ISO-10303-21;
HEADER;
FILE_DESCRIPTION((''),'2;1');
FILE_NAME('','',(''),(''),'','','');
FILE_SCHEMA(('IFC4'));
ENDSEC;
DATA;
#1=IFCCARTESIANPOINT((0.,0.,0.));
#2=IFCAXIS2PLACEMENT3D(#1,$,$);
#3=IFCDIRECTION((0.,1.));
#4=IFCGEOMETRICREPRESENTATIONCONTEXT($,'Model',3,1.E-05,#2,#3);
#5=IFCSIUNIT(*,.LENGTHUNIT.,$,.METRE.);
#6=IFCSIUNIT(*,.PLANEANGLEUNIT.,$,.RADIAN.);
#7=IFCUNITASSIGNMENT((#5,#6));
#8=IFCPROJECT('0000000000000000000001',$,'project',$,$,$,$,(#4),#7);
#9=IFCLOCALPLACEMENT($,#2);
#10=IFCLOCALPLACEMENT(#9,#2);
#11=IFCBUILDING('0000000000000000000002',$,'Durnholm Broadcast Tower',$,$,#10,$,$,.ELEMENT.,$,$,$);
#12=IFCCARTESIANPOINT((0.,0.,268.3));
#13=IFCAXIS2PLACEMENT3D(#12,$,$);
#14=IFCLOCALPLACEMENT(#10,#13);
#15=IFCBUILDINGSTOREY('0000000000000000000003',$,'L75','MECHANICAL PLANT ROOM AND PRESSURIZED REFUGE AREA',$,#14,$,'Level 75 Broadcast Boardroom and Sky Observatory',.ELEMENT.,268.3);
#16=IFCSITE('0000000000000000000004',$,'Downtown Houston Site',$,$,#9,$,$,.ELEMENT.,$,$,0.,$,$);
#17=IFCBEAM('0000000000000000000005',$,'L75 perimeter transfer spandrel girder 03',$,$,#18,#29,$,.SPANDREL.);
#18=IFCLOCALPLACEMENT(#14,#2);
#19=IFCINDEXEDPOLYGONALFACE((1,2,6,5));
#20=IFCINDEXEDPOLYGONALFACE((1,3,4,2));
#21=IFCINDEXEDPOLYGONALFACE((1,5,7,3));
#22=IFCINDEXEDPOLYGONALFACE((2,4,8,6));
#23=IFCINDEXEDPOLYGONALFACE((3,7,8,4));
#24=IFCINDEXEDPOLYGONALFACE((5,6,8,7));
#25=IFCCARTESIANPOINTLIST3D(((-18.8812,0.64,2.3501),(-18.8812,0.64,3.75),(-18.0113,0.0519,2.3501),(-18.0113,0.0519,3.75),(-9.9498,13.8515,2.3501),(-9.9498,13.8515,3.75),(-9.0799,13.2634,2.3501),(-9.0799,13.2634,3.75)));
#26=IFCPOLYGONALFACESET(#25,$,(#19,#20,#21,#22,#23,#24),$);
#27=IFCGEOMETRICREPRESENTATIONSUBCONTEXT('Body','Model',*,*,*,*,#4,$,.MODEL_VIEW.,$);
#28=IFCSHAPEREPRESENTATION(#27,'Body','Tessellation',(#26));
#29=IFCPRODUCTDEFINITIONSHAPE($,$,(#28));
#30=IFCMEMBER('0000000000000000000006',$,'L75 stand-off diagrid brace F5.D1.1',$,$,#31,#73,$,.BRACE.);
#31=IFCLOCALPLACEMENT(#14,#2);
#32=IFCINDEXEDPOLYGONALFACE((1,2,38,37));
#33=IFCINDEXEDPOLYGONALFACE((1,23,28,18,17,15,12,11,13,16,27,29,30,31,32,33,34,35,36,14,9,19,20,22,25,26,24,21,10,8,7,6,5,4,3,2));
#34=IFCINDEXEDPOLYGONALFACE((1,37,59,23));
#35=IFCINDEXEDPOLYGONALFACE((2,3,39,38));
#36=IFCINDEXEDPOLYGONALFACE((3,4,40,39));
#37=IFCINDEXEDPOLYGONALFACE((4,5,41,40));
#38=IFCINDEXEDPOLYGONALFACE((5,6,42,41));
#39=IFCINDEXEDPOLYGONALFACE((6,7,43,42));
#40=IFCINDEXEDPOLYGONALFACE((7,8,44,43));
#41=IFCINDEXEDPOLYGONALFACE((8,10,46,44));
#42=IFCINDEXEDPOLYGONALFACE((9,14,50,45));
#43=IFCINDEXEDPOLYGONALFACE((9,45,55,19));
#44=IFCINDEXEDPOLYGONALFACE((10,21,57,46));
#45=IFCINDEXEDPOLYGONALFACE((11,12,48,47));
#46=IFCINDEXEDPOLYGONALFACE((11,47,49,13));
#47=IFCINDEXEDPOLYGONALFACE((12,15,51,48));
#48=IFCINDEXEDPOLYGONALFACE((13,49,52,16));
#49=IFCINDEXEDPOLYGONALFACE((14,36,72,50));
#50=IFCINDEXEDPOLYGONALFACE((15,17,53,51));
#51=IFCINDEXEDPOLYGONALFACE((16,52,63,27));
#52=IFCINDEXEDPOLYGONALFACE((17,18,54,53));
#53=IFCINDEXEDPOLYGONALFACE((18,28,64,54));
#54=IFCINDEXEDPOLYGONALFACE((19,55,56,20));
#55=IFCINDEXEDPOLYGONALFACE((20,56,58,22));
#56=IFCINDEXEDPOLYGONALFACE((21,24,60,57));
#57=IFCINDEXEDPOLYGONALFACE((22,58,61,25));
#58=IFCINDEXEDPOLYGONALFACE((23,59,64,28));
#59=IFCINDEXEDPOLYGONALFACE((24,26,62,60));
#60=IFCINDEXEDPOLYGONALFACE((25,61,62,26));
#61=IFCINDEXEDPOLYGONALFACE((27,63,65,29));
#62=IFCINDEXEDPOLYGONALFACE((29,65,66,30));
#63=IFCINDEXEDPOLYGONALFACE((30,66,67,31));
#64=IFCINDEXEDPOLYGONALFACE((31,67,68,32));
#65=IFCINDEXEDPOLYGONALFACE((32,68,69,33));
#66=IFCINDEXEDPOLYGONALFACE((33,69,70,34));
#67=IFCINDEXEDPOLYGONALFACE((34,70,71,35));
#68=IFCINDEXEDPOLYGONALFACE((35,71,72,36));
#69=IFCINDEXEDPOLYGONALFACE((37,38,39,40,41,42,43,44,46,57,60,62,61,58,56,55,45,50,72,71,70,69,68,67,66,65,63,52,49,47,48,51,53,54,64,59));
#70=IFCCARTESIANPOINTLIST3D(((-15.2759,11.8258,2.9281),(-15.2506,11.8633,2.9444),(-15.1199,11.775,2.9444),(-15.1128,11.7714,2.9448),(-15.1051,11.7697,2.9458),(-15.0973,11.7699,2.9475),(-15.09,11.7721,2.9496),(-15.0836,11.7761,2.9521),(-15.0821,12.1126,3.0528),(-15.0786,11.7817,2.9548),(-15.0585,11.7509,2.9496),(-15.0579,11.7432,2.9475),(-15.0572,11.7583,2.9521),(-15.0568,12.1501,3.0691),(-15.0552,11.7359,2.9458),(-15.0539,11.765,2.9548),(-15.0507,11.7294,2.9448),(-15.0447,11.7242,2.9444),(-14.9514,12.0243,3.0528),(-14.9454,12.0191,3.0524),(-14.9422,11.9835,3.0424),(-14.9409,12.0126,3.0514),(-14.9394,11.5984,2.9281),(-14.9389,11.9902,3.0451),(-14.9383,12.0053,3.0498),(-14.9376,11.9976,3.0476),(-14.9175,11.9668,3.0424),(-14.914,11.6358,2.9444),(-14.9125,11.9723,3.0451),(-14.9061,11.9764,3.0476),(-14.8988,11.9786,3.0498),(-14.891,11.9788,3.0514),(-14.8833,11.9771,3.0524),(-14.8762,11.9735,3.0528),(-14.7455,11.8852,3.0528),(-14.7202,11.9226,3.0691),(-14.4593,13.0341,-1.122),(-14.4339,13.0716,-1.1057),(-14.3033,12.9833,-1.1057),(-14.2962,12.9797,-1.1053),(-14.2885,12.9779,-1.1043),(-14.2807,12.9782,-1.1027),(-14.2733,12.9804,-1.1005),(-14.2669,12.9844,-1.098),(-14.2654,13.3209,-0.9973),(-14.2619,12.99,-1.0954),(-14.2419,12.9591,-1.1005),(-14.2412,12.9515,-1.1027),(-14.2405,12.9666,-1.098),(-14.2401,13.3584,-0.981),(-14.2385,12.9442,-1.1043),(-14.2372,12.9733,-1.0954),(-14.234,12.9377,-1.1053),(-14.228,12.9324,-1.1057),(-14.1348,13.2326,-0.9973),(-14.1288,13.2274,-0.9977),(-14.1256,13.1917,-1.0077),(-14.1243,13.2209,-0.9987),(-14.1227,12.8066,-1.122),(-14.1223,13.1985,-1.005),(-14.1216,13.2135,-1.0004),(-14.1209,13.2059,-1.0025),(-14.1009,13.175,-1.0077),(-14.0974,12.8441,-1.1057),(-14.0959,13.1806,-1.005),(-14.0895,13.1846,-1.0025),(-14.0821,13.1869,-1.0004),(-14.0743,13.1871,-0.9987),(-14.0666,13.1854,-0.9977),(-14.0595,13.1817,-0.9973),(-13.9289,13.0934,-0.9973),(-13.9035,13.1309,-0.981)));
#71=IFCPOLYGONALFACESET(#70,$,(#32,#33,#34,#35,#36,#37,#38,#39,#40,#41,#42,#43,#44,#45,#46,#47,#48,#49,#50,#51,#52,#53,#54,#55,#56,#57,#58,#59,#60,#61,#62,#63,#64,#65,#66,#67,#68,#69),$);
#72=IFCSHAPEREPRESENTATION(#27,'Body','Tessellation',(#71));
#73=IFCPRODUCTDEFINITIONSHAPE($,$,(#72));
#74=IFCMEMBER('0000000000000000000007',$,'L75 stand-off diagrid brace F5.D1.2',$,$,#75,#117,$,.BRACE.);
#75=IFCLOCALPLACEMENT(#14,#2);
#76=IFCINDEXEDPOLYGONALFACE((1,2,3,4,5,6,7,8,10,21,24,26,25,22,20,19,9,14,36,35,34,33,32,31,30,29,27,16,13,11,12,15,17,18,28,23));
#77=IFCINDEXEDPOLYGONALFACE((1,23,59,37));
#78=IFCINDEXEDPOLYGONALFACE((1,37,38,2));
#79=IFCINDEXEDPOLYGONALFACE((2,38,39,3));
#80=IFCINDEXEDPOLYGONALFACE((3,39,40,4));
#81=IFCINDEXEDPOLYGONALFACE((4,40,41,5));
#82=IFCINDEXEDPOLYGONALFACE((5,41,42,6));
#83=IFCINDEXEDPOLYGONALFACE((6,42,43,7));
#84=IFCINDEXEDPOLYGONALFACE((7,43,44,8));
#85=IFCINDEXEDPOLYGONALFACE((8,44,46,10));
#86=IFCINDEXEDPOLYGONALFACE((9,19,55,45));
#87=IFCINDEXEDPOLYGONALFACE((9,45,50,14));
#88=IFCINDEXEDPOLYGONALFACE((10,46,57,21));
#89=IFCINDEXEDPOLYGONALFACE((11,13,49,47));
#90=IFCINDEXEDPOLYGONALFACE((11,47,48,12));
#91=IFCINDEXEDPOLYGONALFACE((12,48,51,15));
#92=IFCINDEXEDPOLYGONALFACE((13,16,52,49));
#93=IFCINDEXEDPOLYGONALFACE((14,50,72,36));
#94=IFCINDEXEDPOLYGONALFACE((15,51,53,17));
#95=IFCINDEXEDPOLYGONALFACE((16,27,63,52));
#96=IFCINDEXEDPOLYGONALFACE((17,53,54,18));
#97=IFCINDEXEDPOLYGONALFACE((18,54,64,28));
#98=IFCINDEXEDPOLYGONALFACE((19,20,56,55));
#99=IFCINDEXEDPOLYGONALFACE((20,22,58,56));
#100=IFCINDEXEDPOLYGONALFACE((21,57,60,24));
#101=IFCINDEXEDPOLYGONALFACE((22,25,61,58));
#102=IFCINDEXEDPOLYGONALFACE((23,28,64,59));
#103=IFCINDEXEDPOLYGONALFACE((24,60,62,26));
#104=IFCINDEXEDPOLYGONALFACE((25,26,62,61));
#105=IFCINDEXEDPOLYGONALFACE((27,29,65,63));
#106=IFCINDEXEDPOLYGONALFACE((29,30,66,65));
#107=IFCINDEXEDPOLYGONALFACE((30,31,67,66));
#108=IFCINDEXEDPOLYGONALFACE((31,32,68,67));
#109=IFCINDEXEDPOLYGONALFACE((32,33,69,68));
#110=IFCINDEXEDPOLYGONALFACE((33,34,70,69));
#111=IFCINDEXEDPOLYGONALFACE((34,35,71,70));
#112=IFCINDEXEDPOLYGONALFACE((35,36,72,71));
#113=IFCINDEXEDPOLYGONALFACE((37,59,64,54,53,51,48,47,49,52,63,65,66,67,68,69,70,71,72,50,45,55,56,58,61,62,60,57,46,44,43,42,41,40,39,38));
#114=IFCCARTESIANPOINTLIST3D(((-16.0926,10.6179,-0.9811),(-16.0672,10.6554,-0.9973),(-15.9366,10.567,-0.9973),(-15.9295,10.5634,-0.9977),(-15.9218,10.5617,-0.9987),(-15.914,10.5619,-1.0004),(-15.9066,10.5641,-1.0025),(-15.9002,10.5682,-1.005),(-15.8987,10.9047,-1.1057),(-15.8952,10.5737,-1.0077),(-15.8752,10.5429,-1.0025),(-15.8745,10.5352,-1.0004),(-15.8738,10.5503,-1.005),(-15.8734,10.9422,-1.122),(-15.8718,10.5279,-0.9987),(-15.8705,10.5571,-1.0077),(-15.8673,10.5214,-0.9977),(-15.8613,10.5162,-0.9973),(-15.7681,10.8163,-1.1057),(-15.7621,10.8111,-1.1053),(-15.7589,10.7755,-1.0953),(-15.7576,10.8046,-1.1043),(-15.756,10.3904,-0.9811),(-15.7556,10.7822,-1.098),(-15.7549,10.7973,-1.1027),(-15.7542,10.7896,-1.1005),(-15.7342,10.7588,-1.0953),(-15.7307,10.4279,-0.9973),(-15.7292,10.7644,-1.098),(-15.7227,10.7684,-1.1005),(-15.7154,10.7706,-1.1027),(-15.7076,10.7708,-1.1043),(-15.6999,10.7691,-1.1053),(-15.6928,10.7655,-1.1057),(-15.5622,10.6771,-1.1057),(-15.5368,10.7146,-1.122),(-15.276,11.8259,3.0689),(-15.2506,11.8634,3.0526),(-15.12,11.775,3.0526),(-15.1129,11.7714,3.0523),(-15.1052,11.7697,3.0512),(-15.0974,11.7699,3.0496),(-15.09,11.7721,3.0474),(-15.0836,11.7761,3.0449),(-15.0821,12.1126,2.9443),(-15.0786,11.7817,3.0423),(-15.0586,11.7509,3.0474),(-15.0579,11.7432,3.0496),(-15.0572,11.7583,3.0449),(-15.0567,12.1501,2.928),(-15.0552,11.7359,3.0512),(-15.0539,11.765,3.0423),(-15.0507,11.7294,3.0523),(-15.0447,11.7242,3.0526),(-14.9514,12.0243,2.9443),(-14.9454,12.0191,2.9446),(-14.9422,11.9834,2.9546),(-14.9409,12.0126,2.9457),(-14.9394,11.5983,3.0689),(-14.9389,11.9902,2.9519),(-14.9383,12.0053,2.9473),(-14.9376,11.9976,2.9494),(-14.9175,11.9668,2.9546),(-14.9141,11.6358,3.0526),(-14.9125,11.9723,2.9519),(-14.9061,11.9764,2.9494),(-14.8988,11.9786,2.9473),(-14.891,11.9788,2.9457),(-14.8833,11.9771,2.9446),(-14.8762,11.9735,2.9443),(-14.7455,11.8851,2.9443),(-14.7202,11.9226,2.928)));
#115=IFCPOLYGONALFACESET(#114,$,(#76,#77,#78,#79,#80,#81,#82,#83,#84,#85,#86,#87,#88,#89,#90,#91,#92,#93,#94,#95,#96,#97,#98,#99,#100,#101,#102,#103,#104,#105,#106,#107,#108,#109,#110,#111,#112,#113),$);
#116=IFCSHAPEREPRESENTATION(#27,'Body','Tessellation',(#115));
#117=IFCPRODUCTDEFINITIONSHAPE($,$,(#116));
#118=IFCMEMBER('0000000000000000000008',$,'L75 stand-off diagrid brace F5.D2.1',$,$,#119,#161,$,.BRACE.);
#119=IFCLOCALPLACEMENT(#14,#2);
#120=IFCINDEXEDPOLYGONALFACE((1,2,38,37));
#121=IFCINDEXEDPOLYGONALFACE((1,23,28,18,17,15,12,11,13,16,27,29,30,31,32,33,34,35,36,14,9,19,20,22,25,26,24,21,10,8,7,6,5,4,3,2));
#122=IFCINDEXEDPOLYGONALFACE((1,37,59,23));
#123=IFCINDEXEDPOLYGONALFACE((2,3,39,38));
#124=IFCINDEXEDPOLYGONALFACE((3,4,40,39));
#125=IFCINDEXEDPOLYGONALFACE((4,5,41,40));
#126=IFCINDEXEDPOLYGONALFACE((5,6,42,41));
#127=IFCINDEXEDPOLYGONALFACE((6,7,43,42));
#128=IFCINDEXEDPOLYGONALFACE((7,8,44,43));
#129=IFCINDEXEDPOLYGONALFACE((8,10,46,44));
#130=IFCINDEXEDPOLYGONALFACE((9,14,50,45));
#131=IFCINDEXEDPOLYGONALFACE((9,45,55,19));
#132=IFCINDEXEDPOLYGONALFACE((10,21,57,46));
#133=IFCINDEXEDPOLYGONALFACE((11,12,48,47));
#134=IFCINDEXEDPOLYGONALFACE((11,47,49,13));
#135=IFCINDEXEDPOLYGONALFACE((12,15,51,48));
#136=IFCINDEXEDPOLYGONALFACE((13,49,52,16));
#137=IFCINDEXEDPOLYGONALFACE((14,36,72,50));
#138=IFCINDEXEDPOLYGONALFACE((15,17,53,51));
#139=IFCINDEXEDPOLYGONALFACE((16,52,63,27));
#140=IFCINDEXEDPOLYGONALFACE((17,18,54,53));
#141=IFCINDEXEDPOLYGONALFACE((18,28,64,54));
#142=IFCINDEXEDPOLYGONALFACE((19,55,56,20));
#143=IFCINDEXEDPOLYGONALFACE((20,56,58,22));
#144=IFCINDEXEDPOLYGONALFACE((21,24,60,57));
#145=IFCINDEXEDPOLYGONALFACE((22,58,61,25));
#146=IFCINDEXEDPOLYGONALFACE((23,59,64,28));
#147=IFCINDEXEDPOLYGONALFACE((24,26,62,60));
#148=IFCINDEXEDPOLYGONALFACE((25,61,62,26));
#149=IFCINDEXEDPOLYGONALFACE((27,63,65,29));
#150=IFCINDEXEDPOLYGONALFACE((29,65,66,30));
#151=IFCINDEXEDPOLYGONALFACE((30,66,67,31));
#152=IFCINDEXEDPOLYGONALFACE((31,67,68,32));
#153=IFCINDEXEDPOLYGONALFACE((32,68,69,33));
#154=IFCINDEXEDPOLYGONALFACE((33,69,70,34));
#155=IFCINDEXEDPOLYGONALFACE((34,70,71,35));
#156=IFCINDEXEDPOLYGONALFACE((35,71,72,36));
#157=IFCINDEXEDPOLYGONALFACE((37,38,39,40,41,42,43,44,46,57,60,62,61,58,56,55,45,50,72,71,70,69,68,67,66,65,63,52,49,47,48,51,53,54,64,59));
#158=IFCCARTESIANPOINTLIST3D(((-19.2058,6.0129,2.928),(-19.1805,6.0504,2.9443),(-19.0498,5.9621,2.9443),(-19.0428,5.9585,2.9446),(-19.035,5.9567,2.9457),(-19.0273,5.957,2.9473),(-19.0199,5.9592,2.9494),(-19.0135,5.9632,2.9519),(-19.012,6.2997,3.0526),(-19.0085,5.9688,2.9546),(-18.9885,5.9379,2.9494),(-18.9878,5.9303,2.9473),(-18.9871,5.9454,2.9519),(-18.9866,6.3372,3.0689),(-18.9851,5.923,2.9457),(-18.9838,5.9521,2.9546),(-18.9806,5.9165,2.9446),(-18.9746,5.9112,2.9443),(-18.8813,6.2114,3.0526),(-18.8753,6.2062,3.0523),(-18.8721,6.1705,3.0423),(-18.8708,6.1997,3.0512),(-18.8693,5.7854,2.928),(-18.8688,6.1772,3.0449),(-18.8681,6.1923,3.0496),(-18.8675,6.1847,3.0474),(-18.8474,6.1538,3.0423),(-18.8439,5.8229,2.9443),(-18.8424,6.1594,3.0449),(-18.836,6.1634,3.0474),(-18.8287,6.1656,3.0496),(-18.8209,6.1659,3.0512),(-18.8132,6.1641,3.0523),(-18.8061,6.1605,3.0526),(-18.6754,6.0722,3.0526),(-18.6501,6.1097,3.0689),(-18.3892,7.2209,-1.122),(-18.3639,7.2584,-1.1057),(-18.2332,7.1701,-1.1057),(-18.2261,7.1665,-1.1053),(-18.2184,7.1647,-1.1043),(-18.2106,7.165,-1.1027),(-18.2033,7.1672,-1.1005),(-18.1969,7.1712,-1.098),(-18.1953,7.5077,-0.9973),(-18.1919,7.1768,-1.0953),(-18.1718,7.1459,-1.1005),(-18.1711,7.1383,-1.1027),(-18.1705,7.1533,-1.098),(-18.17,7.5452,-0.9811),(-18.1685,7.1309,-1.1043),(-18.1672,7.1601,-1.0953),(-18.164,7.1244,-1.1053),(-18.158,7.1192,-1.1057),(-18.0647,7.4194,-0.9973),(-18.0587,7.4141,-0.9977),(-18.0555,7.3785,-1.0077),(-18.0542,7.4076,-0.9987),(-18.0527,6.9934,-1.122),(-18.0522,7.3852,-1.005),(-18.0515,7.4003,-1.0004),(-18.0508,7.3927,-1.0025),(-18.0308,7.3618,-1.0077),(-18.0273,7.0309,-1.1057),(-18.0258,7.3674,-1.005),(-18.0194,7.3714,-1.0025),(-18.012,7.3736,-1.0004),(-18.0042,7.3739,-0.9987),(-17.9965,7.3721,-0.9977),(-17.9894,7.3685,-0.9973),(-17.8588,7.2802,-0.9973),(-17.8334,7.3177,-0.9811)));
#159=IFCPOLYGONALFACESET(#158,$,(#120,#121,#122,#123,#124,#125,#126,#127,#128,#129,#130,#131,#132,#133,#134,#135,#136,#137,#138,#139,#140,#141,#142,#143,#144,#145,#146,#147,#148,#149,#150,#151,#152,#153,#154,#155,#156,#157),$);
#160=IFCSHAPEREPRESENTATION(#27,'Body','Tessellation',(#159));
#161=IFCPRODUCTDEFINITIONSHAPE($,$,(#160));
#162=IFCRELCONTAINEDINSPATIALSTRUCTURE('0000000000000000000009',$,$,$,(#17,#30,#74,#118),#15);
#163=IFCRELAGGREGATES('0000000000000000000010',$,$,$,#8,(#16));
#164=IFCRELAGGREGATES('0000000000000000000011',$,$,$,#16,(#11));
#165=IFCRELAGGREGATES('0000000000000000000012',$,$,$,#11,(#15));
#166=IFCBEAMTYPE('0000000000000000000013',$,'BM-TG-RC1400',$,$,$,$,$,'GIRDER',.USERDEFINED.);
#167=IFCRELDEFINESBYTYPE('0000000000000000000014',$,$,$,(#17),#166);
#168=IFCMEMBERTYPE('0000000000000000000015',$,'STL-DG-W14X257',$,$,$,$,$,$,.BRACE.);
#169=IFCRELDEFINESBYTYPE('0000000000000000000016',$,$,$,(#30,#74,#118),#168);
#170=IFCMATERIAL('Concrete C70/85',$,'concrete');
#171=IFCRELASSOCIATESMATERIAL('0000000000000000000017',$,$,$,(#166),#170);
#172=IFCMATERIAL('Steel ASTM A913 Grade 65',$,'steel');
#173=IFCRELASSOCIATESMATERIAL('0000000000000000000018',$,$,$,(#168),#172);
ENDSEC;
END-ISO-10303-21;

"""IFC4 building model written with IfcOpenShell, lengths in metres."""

from ifc_helpers import new_model, si_unit, direction, frame, origin, origin_2d, place, context, subcontext, project, spatial, rectangle, i_section, extrude, source, transform, mapped, material, material_profile, profile_set, type_object, type_shapes, element, save


model = new_model("IFC4")

# Units and contexts
model_context = context("Model", 3, precision=1e-05, world=origin(), true_north=direction((0.0, 1.0)))
body_context = subcontext(model_context, "Body", "Model", "MODEL_VIEW")
ifc_project = project(units=[si_unit("LENGTHUNIT", "METRE"), si_unit("PLANEANGLEUNIT", "RADIAN")], contexts=[model_context])

# Site, building, storey
site_placement = place(None, origin())
site = spatial("IfcSite", under=ifc_project, at=site_placement, Name="Downtown Houston Site", CompositionType="ELEMENT", RefElevation=0.0)
building_placement = place(site_placement, origin())
building = spatial("IfcBuilding", under=site, at=building_placement, Name="Durnholm Broadcast Tower", CompositionType="ELEMENT")
storey_placement = place(building_placement, frame((0.0, 0.0, 268.3)))
storey = spatial("IfcBuildingStorey", under=building, at=storey_placement, Name="L75", Description="MECHANICAL PLANT ROOM AND PRESSURIZED REFUGE AREA", LongName="Level 75 Broadcast Boardroom and Sky Observatory", CompositionType="ELEMENT", Elevation=268.3)

# Shared definitions
ifc_material_1 = material(Name="Concrete C70/85", Category="concrete")

# Beam
ifc_material_profile_1 = material_profile(ifc_material_1, rectangle(XDim=1.05, YDim=1.3999, at=origin_2d()), Name="RC1050X1400")
ifc_profile_set_1 = profile_set([ifc_material_profile_1], Name="Concrete C70/85")
beam_type_1 = type_object("IfcBeamType", Name="BM-TG-RC1400", ElementType="GIRDER", PredefinedType="USERDEFINED", material=ifc_profile_set_1)
shared_shape_1 = source(origin(), body_context, "Body", "SweptSolid", [
    extrude(rectangle(XDim=1.05, YDim=1.3999, at=origin_2d()), origin(), (0.0, 0.0, 1.0), 15.9473),
])
beam_1_placement = place(storey_placement, frame((-18.4463, 0.3459, 3.05), z_axis=(0.560062, 0.828451, 0.0), x_axis=(-0.828451, 0.560062, 0.0)))
element("IfcBeam", 1, at=beam_1_placement, inside=storey, type_object=beam_type_1, Name="L75 perimeter transfer spandrel girder 03", PredefinedType="SPANDREL", context=body_context, shape_type="MappedRepresentation", body=[
    mapped(shared_shape_1, transform((0.0, 0.0, 0.0), x_axis=(1.0, 0.0, 0.0), y_axis=(0.0, 1.0, 0.0), z_axis=(0.0, 0.0, 1.0), scale=1.0)),
])

# Members
ifc_material_2 = material(Name="Steel ASTM A913 Grade 65", Category="steel")
ifc_material_profile_2 = material_profile(ifc_material_2, i_section(OverallWidth=0.4062, OverallDepth=0.416, WebThickness=0.0298, FlangeThickness=0.0481, FilletRadius=0.0305, at=origin_2d()), Name="W14X257")
ifc_profile_set_2 = profile_set([ifc_material_profile_2], Name="Steel ASTM A913 Grade 65")
member_type_1 = type_object("IfcMemberType", Name="STL-DG-W14X257", PredefinedType="BRACE", material=ifc_profile_set_2)
shared_shape_2 = source(origin(), body_context, "Body", "SweptSolid", [
    extrude(i_section(OverallWidth=0.4062, OverallDepth=0.416, WebThickness=0.0298, FlangeThickness=0.0481, FilletRadius=0.0305, at=origin_2d()), origin(), (0.0, 0.0, 1.0), 4.3047),
])
member_1_placement = place(storey_placement, frame((-14.1814, 13.0825, -1.0515), z_axis=(-0.189715, -0.280688, 0.940863), x_axis=(0.828505, -0.559982, 0.0)))
element("IfcMember", 2, at=member_1_placement, inside=storey, type_object=member_type_1, Name="L75 stand-off diagrid brace F5.D1.1", PredefinedType="BRACE", context=body_context, shape_type="MappedRepresentation", body=[
    mapped(shared_shape_2, transform((0.0, 0.0, 0.0), x_axis=(1.0, 0.0, 0.0), y_axis=(0.0, 1.0, 0.0), z_axis=(0.0, 0.0, 1.0), scale=1.0)),
])
shared_shape_3 = source(origin(), body_context, "Body", "SweptSolid", [
    extrude(i_section(OverallWidth=0.4062, OverallDepth=0.416, WebThickness=0.0298, FlangeThickness=0.0481, FilletRadius=0.0305, at=origin_2d()), origin(), (0.0, 0.0, 1.0), 4.3044),
])
type_shapes(member_type_1, [shared_shape_2, shared_shape_3])
for number, where, z_axis, x_axis, name in (
    (3, (-15.8147, 10.6663, -1.0515), (0.189718, 0.280636, 0.940878), (-0.828452, 0.560059, 0.0), "L75 stand-off diagrid brace F5.D1.2"),
    (4, (-18.1113, 7.2693, -1.0515), (-0.189718, -0.280636, 0.940878), (0.828452, -0.560059, 0.0), "L75 stand-off diagrid brace F5.D2.1"),
):
    element("IfcMember", number, at=place(storey_placement, frame(where, z_axis=z_axis, x_axis=x_axis)), inside=storey, type_object=member_type_1, Name=name, PredefinedType="BRACE", context=body_context, shape_type="MappedRepresentation", body=[
        mapped(shared_shape_3, transform((0.0, 0.0, 0.0), x_axis=(1.0, 0.0, 0.0), y_axis=(0.0, 1.0, 0.0), z_axis=(0.0, 0.0, 1.0), scale=1.0)),
    ])

save(model, "model.ifc")
